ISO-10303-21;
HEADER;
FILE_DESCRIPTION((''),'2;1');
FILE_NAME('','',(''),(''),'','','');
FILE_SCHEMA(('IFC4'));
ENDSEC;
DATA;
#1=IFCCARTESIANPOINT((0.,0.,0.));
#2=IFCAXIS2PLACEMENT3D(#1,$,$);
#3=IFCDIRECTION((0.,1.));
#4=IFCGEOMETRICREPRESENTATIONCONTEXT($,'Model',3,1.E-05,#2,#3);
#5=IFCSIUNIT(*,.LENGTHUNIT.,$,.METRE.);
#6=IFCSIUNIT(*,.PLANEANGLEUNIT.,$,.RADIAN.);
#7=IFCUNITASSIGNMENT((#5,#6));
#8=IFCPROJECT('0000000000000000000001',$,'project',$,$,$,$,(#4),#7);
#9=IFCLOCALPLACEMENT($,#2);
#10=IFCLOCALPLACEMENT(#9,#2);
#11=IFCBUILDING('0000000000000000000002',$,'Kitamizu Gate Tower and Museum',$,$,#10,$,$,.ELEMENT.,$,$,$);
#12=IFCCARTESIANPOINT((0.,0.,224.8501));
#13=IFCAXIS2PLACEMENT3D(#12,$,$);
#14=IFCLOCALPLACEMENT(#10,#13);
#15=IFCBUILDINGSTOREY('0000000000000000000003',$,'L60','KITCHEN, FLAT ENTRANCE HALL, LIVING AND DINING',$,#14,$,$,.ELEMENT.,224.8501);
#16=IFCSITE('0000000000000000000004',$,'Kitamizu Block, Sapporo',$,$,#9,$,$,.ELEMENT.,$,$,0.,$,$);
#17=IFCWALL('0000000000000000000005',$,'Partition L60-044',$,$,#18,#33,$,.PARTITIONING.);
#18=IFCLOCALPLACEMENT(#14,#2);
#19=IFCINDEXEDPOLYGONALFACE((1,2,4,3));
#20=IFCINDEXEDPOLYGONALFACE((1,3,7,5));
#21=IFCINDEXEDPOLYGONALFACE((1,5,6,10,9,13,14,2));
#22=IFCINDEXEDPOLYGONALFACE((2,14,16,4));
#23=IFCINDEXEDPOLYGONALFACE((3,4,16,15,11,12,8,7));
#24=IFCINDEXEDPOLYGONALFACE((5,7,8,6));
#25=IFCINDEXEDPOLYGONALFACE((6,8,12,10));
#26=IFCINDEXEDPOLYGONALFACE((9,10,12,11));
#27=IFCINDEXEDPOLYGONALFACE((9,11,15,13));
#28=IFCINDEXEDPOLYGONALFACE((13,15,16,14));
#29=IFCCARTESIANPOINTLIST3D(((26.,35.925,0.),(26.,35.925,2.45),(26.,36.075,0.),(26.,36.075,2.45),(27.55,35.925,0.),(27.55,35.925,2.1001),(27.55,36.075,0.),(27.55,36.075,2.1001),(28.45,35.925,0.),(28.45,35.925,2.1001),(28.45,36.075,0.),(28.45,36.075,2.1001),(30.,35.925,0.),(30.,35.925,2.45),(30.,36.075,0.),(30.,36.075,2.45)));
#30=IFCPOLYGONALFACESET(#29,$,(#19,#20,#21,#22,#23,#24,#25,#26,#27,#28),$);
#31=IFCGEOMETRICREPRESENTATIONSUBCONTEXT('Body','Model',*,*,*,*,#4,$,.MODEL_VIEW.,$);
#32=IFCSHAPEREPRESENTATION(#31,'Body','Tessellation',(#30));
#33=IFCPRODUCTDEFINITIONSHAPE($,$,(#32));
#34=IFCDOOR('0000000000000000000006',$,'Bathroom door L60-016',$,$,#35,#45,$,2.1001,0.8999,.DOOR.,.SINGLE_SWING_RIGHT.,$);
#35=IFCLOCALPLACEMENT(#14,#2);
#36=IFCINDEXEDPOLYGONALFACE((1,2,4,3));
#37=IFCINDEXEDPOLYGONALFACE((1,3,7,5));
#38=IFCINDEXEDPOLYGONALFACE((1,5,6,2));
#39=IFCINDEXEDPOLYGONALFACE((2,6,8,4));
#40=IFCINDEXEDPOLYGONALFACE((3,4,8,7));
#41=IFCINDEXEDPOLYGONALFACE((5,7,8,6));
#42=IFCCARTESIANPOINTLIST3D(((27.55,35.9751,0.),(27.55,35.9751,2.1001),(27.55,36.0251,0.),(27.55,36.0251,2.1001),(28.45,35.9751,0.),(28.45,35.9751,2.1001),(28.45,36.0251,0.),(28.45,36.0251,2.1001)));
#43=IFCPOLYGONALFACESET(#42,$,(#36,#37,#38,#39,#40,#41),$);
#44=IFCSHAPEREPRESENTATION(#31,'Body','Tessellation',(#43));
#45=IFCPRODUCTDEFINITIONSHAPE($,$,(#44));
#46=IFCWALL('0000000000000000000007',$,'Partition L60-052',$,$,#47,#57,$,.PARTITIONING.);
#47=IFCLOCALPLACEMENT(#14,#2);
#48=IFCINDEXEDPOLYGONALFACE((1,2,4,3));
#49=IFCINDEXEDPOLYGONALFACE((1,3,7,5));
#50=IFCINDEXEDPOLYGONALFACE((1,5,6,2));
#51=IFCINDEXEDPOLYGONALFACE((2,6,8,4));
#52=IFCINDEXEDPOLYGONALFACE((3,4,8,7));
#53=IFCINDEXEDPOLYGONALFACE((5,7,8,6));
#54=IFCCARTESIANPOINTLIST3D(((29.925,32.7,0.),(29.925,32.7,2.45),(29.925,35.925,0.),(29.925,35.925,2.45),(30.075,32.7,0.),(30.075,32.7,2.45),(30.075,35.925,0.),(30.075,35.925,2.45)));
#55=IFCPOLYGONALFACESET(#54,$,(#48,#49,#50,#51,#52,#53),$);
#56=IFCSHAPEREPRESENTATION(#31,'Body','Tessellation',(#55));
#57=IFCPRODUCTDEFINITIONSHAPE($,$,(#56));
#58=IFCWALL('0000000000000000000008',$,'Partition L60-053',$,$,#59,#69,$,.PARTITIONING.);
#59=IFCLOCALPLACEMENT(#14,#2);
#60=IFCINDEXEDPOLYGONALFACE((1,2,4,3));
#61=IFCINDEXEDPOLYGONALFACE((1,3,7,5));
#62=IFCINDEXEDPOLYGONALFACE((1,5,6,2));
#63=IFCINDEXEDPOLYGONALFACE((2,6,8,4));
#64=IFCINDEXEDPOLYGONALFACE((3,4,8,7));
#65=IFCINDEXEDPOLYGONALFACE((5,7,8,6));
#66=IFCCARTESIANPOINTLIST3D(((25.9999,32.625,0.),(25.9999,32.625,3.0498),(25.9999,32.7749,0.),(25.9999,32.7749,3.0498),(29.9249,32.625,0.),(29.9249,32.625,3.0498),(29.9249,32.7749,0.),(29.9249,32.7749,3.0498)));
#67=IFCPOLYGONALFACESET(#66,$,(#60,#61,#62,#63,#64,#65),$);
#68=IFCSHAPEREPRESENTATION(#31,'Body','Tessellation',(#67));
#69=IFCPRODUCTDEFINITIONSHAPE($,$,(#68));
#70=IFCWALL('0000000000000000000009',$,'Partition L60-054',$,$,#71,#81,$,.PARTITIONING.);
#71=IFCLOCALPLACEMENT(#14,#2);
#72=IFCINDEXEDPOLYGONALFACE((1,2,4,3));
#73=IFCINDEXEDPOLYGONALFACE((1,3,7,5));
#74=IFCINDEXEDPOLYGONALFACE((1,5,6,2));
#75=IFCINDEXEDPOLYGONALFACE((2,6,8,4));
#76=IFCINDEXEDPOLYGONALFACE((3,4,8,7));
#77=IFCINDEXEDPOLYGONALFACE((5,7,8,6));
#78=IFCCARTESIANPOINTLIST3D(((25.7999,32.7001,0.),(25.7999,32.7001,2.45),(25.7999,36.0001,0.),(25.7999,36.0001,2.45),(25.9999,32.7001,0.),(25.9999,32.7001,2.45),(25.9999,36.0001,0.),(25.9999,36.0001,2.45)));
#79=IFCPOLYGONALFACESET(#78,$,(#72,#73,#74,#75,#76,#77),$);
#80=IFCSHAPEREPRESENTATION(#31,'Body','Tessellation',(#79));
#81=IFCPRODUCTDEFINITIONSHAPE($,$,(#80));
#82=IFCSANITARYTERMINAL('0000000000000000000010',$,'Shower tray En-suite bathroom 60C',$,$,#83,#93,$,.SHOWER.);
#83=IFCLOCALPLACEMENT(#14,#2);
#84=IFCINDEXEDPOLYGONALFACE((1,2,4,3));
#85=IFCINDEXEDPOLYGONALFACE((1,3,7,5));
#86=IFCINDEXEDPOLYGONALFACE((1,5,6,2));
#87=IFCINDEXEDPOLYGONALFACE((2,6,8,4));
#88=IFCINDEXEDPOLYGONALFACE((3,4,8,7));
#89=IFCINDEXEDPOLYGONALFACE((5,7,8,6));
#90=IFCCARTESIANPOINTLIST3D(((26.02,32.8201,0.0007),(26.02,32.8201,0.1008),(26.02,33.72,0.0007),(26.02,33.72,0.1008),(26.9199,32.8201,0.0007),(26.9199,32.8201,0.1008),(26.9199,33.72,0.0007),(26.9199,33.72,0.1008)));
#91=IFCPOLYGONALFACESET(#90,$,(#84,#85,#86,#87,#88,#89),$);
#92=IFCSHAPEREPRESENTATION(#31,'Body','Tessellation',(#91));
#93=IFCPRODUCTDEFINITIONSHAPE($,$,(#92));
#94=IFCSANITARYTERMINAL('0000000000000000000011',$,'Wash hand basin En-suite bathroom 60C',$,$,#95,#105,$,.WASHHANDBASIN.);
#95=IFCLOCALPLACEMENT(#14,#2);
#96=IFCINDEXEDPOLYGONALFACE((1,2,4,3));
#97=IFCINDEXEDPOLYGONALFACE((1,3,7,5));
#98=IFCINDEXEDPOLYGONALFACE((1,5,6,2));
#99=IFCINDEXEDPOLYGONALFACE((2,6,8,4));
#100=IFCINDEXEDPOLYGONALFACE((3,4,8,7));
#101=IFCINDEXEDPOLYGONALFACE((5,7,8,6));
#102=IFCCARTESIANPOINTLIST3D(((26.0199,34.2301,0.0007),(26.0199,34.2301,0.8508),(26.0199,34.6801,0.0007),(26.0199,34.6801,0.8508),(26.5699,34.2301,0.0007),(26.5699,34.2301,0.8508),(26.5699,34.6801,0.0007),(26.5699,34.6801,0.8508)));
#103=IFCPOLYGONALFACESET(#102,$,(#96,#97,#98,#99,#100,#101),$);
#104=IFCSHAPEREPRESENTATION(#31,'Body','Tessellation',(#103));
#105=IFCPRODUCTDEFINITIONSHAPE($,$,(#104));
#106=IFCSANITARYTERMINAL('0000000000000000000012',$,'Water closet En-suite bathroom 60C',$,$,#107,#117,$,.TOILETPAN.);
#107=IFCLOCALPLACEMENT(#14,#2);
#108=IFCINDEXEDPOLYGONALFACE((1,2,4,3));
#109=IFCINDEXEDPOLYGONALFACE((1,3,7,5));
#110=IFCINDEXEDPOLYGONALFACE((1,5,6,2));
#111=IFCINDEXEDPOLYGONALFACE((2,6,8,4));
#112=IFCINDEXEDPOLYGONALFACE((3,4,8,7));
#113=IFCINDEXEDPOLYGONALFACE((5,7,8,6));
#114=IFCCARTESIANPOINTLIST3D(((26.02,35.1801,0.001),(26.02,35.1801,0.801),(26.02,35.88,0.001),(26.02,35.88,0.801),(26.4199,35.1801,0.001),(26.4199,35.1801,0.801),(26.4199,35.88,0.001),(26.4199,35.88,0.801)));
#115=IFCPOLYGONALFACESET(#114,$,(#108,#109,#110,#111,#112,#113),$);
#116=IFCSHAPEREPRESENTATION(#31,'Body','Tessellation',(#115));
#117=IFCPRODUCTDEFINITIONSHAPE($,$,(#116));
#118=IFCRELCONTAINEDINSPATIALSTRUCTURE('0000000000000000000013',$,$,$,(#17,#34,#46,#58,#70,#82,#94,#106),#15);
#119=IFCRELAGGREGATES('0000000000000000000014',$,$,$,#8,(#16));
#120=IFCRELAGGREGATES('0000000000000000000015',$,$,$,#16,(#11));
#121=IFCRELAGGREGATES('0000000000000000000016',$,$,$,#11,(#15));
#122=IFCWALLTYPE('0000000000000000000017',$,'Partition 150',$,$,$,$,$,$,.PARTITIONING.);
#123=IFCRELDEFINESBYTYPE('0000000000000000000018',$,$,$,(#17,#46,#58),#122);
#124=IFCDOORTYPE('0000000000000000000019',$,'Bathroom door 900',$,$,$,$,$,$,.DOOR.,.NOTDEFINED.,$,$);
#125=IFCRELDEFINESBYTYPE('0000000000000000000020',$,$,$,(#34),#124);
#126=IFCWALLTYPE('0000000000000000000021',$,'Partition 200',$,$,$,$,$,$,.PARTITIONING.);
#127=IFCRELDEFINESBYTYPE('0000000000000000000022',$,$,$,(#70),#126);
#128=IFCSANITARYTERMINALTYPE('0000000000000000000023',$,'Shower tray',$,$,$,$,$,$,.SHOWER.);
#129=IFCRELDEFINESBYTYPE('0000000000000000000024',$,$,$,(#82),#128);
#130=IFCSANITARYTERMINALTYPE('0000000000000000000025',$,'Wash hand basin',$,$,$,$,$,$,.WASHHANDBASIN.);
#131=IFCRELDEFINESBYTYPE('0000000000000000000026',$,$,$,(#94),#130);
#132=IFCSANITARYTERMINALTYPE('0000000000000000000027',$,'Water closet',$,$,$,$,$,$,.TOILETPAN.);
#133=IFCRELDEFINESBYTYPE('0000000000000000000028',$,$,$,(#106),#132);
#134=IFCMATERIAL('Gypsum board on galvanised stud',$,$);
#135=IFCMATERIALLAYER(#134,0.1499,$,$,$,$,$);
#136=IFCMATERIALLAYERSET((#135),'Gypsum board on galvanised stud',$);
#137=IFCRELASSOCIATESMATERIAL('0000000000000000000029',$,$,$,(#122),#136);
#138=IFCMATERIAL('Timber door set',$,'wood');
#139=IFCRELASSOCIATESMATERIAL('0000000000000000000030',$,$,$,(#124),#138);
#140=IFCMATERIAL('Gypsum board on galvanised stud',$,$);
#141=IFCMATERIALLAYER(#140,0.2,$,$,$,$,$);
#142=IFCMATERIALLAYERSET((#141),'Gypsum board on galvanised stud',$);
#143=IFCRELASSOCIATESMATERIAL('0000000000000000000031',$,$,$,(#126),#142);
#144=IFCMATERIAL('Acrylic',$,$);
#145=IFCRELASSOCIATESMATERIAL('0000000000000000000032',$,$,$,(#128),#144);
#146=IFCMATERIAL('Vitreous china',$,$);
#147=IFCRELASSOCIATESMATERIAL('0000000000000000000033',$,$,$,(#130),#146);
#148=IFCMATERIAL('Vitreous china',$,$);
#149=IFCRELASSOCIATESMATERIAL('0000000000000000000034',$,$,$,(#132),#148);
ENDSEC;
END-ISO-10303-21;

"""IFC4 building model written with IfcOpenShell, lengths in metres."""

from ifc_helpers import new_model, si_unit, direction, frame, frame_2d, origin, origin_2d, place, context, subcontext, project, spatial, rectangle, extrude, material, layer, layer_set, type_object, element, fill, save


model = new_model("IFC4")

# Units and contexts
model_context = context("Model", 3, precision=1e-05, world=origin(), true_north=direction((0.0, 1.0)))
body_context = subcontext(model_context, "Body", "Model", "MODEL_VIEW")
ifc_project = project(units=[si_unit("LENGTHUNIT", "METRE"), si_unit("PLANEANGLEUNIT", "RADIAN")], contexts=[model_context])

# Site, building, storey
site_placement = place(None, origin())
site = spatial("IfcSite", under=ifc_project, at=site_placement, Name="Kitamizu Block, Sapporo", CompositionType="ELEMENT", RefElevation=0.0)
building_placement = place(site_placement, origin())
building = spatial("IfcBuilding", under=site, at=building_placement, Name="Kitamizu Gate Tower and Museum", CompositionType="ELEMENT")
storey_placement = place(building_placement, frame((0.0, 0.0, 224.8501)))
storey = spatial("IfcBuildingStorey", under=building, at=storey_placement, Name="L60", Description="KITCHEN, FLAT ENTRANCE HALL, LIVING AND DINING", CompositionType="ELEMENT", Elevation=224.8501)

# Wall, opening, door
ifc_material_1 = material(Name="Gypsum board on galvanised stud")
ifc_layer_1 = layer(ifc_material_1, 0.1499)
ifc_layer_set_1 = layer_set([ifc_layer_1], Name="Gypsum board on galvanised stud")
wall_type_1 = type_object("IfcWallType", Name="Partition 150", PredefinedType="PARTITIONING", material=ifc_layer_set_1)
wall_1_placement = place(storey_placement, frame((26.0, 36.0, 0.0), z_axis=(0.0, 0.0, 1.0), x_axis=(1.0, 0.0, 0.0)))
wall_1 = element("IfcWall", 1, at=wall_1_placement, inside=storey, type_object=wall_type_1, Name="Partition L60-044", PredefinedType="PARTITIONING", context=body_context, shape_type="SweptSolid", body=[
    extrude(rectangle(XDim=4.0, YDim=0.1499, at=frame_2d((2.0, 0.0))), origin(), (0.0, 0.0, 1.0), 2.45),
])
opening_1_placement = place(wall_1_placement, frame((1.55, 0.0, 0.0)))
opening_1 = element("IfcOpeningElement", 2, at=opening_1_placement, cuts=wall_1, PredefinedType="OPENING", context=body_context, shape_type="SweptSolid", body=[
    extrude(rectangle(XDim=0.8999, YDim=2.1001, at=frame_2d((0.45, 1.05))), frame((0.0, 0.085, 0.0), z_axis=(0.0, -1.0, 0.0), x_axis=(1.0, 0.0, 0.0)), (0.0, 0.0, 1.0), 0.1699),
])
ifc_material_2 = material(Name="Timber door set", Category="wood")
door_type_1 = type_object("IfcDoorType", Name="Bathroom door 900", OperationType="NOTDEFINED", PredefinedType="DOOR", material=ifc_material_2)
door_1_placement = place(opening_1_placement, frame((0.8999, 0.0, 0.0), x_axis=(-1.0, 0.0, 0.0)))
door_1 = element("IfcDoor", 3, at=door_1_placement, inside=storey, type_object=door_type_1, Name="Bathroom door L60-016", OperationType="SINGLE_SWING_RIGHT", OverallHeight=2.1001, OverallWidth=0.8999, PredefinedType="DOOR", context=body_context, shape_type="SweptSolid", body=[
    extrude(rectangle(XDim=0.8999, YDim=2.1001, at=frame_2d((0.45, 1.05))), frame((0.0, 0.0249, 0.0), z_axis=(0.0, -1.0, 0.0), x_axis=(1.0, 0.0, 0.0)), (0.0, 0.0, 1.0), 0.05),
])
fill(opening_1, door_1)

# Walls
wall_2_placement = place(storey_placement, frame((30.0, 32.7, 0.0), z_axis=(0.0, 0.0, 1.0), x_axis=(0.0, 1.0, 0.0)))
element("IfcWall", 4, at=wall_2_placement, inside=storey, type_object=wall_type_1, Name="Partition L60-052", PredefinedType="PARTITIONING", context=body_context, shape_type="SweptSolid", body=[
    extrude(rectangle(XDim=3.2251, YDim=0.1499, at=frame_2d((1.6125, 0.0))), origin(), (0.0, 0.0, 1.0), 2.45),
])
wall_3_placement = place(storey_placement, frame((26.0, 32.7, 0.0), z_axis=(0.0, 0.0, 1.0), x_axis=(1.0, 0.0, 0.0)))
element("IfcWall", 5, at=wall_3_placement, inside=storey, type_object=wall_type_1, Name="Partition L60-053", PredefinedType="PARTITIONING", context=body_context, shape_type="SweptSolid", body=[
    extrude(rectangle(XDim=3.925, YDim=0.1499, at=frame_2d((1.9624, 0.0))), origin(), (0.0, 0.0, 1.0), 3.0498),
])
ifc_material_3 = material(Name="Gypsum board on galvanised stud")
ifc_layer_2 = layer(ifc_material_3, 0.2)
ifc_layer_set_2 = layer_set([ifc_layer_2], Name="Gypsum board on galvanised stud")
wall_type_2 = type_object("IfcWallType", Name="Partition 200", PredefinedType="PARTITIONING", material=ifc_layer_set_2)
wall_4_placement = place(storey_placement, frame((25.8999, 36.0, 0.0), z_axis=(0.0, 0.0, 1.0), x_axis=(0.0, -1.0, 0.0)))
element("IfcWall", 6, at=wall_4_placement, inside=storey, type_object=wall_type_2, Name="Partition L60-054", PredefinedType="PARTITIONING", context=body_context, shape_type="SweptSolid", body=[
    extrude(rectangle(XDim=3.3, YDim=0.2, at=frame_2d((1.6499, 0.0))), origin(), (0.0, 0.0, 1.0), 2.45),
])

# Sanitary terminals
ifc_material_4 = material(Name="Acrylic")
sanitary_terminal_type_1 = type_object("IfcSanitaryTerminalType", Name="Shower tray", PredefinedType="SHOWER", material=ifc_material_4)
sanitary_terminal_1_placement = place(storey_placement, frame((26.47, 33.27, 0.0007), z_axis=(0.0, 0.0, 1.0), x_axis=(1.0, 0.0, 0.0)))
element("IfcSanitaryTerminal", 7, at=sanitary_terminal_1_placement, inside=storey, type_object=sanitary_terminal_type_1, Name="Shower tray En-suite bathroom 60C", PredefinedType="SHOWER", context=body_context, shape_type="SweptSolid", body=[
    extrude(rectangle(XDim=0.8999, YDim=0.8999, at=origin_2d()), origin(), (0.0, 0.0, 1.0), 0.1001),
])
ifc_material_5 = material(Name="Vitreous china")
sanitary_terminal_type_2 = type_object("IfcSanitaryTerminalType", Name="Wash hand basin", PredefinedType="WASHHANDBASIN", material=ifc_material_5)
sanitary_terminal_2_placement = place(storey_placement, frame((26.2949, 34.4551, 0.0007), z_axis=(0.0, 0.0, 1.0), x_axis=(1.0, 0.0, 0.0)))
element("IfcSanitaryTerminal", 8, at=sanitary_terminal_2_placement, inside=storey, type_object=sanitary_terminal_type_2, Name="Wash hand basin En-suite bathroom 60C", PredefinedType="WASHHANDBASIN", context=body_context, shape_type="SweptSolid", body=[
    extrude(rectangle(XDim=0.55, YDim=0.45, at=origin_2d()), origin(), (0.0, 0.0, 1.0), 0.8501),
])
ifc_material_6 = material(Name="Vitreous china")
sanitary_terminal_type_3 = type_object("IfcSanitaryTerminalType", Name="Water closet", PredefinedType="TOILETPAN", material=ifc_material_6)
sanitary_terminal_3_placement = place(storey_placement, frame((26.22, 35.53, 0.001), z_axis=(0.0, 0.0, 1.0), x_axis=(1.0, 0.0, 0.0)))
element("IfcSanitaryTerminal", 9, at=sanitary_terminal_3_placement, inside=storey, type_object=sanitary_terminal_type_3, Name="Water closet En-suite bathroom 60C", PredefinedType="TOILETPAN", context=body_context, shape_type="SweptSolid", body=[
    extrude(rectangle(XDim=0.3999, YDim=0.7, at=origin_2d()), origin(), (0.0, 0.0, 1.0), 0.8),
])

save(model, "model.ifc")
